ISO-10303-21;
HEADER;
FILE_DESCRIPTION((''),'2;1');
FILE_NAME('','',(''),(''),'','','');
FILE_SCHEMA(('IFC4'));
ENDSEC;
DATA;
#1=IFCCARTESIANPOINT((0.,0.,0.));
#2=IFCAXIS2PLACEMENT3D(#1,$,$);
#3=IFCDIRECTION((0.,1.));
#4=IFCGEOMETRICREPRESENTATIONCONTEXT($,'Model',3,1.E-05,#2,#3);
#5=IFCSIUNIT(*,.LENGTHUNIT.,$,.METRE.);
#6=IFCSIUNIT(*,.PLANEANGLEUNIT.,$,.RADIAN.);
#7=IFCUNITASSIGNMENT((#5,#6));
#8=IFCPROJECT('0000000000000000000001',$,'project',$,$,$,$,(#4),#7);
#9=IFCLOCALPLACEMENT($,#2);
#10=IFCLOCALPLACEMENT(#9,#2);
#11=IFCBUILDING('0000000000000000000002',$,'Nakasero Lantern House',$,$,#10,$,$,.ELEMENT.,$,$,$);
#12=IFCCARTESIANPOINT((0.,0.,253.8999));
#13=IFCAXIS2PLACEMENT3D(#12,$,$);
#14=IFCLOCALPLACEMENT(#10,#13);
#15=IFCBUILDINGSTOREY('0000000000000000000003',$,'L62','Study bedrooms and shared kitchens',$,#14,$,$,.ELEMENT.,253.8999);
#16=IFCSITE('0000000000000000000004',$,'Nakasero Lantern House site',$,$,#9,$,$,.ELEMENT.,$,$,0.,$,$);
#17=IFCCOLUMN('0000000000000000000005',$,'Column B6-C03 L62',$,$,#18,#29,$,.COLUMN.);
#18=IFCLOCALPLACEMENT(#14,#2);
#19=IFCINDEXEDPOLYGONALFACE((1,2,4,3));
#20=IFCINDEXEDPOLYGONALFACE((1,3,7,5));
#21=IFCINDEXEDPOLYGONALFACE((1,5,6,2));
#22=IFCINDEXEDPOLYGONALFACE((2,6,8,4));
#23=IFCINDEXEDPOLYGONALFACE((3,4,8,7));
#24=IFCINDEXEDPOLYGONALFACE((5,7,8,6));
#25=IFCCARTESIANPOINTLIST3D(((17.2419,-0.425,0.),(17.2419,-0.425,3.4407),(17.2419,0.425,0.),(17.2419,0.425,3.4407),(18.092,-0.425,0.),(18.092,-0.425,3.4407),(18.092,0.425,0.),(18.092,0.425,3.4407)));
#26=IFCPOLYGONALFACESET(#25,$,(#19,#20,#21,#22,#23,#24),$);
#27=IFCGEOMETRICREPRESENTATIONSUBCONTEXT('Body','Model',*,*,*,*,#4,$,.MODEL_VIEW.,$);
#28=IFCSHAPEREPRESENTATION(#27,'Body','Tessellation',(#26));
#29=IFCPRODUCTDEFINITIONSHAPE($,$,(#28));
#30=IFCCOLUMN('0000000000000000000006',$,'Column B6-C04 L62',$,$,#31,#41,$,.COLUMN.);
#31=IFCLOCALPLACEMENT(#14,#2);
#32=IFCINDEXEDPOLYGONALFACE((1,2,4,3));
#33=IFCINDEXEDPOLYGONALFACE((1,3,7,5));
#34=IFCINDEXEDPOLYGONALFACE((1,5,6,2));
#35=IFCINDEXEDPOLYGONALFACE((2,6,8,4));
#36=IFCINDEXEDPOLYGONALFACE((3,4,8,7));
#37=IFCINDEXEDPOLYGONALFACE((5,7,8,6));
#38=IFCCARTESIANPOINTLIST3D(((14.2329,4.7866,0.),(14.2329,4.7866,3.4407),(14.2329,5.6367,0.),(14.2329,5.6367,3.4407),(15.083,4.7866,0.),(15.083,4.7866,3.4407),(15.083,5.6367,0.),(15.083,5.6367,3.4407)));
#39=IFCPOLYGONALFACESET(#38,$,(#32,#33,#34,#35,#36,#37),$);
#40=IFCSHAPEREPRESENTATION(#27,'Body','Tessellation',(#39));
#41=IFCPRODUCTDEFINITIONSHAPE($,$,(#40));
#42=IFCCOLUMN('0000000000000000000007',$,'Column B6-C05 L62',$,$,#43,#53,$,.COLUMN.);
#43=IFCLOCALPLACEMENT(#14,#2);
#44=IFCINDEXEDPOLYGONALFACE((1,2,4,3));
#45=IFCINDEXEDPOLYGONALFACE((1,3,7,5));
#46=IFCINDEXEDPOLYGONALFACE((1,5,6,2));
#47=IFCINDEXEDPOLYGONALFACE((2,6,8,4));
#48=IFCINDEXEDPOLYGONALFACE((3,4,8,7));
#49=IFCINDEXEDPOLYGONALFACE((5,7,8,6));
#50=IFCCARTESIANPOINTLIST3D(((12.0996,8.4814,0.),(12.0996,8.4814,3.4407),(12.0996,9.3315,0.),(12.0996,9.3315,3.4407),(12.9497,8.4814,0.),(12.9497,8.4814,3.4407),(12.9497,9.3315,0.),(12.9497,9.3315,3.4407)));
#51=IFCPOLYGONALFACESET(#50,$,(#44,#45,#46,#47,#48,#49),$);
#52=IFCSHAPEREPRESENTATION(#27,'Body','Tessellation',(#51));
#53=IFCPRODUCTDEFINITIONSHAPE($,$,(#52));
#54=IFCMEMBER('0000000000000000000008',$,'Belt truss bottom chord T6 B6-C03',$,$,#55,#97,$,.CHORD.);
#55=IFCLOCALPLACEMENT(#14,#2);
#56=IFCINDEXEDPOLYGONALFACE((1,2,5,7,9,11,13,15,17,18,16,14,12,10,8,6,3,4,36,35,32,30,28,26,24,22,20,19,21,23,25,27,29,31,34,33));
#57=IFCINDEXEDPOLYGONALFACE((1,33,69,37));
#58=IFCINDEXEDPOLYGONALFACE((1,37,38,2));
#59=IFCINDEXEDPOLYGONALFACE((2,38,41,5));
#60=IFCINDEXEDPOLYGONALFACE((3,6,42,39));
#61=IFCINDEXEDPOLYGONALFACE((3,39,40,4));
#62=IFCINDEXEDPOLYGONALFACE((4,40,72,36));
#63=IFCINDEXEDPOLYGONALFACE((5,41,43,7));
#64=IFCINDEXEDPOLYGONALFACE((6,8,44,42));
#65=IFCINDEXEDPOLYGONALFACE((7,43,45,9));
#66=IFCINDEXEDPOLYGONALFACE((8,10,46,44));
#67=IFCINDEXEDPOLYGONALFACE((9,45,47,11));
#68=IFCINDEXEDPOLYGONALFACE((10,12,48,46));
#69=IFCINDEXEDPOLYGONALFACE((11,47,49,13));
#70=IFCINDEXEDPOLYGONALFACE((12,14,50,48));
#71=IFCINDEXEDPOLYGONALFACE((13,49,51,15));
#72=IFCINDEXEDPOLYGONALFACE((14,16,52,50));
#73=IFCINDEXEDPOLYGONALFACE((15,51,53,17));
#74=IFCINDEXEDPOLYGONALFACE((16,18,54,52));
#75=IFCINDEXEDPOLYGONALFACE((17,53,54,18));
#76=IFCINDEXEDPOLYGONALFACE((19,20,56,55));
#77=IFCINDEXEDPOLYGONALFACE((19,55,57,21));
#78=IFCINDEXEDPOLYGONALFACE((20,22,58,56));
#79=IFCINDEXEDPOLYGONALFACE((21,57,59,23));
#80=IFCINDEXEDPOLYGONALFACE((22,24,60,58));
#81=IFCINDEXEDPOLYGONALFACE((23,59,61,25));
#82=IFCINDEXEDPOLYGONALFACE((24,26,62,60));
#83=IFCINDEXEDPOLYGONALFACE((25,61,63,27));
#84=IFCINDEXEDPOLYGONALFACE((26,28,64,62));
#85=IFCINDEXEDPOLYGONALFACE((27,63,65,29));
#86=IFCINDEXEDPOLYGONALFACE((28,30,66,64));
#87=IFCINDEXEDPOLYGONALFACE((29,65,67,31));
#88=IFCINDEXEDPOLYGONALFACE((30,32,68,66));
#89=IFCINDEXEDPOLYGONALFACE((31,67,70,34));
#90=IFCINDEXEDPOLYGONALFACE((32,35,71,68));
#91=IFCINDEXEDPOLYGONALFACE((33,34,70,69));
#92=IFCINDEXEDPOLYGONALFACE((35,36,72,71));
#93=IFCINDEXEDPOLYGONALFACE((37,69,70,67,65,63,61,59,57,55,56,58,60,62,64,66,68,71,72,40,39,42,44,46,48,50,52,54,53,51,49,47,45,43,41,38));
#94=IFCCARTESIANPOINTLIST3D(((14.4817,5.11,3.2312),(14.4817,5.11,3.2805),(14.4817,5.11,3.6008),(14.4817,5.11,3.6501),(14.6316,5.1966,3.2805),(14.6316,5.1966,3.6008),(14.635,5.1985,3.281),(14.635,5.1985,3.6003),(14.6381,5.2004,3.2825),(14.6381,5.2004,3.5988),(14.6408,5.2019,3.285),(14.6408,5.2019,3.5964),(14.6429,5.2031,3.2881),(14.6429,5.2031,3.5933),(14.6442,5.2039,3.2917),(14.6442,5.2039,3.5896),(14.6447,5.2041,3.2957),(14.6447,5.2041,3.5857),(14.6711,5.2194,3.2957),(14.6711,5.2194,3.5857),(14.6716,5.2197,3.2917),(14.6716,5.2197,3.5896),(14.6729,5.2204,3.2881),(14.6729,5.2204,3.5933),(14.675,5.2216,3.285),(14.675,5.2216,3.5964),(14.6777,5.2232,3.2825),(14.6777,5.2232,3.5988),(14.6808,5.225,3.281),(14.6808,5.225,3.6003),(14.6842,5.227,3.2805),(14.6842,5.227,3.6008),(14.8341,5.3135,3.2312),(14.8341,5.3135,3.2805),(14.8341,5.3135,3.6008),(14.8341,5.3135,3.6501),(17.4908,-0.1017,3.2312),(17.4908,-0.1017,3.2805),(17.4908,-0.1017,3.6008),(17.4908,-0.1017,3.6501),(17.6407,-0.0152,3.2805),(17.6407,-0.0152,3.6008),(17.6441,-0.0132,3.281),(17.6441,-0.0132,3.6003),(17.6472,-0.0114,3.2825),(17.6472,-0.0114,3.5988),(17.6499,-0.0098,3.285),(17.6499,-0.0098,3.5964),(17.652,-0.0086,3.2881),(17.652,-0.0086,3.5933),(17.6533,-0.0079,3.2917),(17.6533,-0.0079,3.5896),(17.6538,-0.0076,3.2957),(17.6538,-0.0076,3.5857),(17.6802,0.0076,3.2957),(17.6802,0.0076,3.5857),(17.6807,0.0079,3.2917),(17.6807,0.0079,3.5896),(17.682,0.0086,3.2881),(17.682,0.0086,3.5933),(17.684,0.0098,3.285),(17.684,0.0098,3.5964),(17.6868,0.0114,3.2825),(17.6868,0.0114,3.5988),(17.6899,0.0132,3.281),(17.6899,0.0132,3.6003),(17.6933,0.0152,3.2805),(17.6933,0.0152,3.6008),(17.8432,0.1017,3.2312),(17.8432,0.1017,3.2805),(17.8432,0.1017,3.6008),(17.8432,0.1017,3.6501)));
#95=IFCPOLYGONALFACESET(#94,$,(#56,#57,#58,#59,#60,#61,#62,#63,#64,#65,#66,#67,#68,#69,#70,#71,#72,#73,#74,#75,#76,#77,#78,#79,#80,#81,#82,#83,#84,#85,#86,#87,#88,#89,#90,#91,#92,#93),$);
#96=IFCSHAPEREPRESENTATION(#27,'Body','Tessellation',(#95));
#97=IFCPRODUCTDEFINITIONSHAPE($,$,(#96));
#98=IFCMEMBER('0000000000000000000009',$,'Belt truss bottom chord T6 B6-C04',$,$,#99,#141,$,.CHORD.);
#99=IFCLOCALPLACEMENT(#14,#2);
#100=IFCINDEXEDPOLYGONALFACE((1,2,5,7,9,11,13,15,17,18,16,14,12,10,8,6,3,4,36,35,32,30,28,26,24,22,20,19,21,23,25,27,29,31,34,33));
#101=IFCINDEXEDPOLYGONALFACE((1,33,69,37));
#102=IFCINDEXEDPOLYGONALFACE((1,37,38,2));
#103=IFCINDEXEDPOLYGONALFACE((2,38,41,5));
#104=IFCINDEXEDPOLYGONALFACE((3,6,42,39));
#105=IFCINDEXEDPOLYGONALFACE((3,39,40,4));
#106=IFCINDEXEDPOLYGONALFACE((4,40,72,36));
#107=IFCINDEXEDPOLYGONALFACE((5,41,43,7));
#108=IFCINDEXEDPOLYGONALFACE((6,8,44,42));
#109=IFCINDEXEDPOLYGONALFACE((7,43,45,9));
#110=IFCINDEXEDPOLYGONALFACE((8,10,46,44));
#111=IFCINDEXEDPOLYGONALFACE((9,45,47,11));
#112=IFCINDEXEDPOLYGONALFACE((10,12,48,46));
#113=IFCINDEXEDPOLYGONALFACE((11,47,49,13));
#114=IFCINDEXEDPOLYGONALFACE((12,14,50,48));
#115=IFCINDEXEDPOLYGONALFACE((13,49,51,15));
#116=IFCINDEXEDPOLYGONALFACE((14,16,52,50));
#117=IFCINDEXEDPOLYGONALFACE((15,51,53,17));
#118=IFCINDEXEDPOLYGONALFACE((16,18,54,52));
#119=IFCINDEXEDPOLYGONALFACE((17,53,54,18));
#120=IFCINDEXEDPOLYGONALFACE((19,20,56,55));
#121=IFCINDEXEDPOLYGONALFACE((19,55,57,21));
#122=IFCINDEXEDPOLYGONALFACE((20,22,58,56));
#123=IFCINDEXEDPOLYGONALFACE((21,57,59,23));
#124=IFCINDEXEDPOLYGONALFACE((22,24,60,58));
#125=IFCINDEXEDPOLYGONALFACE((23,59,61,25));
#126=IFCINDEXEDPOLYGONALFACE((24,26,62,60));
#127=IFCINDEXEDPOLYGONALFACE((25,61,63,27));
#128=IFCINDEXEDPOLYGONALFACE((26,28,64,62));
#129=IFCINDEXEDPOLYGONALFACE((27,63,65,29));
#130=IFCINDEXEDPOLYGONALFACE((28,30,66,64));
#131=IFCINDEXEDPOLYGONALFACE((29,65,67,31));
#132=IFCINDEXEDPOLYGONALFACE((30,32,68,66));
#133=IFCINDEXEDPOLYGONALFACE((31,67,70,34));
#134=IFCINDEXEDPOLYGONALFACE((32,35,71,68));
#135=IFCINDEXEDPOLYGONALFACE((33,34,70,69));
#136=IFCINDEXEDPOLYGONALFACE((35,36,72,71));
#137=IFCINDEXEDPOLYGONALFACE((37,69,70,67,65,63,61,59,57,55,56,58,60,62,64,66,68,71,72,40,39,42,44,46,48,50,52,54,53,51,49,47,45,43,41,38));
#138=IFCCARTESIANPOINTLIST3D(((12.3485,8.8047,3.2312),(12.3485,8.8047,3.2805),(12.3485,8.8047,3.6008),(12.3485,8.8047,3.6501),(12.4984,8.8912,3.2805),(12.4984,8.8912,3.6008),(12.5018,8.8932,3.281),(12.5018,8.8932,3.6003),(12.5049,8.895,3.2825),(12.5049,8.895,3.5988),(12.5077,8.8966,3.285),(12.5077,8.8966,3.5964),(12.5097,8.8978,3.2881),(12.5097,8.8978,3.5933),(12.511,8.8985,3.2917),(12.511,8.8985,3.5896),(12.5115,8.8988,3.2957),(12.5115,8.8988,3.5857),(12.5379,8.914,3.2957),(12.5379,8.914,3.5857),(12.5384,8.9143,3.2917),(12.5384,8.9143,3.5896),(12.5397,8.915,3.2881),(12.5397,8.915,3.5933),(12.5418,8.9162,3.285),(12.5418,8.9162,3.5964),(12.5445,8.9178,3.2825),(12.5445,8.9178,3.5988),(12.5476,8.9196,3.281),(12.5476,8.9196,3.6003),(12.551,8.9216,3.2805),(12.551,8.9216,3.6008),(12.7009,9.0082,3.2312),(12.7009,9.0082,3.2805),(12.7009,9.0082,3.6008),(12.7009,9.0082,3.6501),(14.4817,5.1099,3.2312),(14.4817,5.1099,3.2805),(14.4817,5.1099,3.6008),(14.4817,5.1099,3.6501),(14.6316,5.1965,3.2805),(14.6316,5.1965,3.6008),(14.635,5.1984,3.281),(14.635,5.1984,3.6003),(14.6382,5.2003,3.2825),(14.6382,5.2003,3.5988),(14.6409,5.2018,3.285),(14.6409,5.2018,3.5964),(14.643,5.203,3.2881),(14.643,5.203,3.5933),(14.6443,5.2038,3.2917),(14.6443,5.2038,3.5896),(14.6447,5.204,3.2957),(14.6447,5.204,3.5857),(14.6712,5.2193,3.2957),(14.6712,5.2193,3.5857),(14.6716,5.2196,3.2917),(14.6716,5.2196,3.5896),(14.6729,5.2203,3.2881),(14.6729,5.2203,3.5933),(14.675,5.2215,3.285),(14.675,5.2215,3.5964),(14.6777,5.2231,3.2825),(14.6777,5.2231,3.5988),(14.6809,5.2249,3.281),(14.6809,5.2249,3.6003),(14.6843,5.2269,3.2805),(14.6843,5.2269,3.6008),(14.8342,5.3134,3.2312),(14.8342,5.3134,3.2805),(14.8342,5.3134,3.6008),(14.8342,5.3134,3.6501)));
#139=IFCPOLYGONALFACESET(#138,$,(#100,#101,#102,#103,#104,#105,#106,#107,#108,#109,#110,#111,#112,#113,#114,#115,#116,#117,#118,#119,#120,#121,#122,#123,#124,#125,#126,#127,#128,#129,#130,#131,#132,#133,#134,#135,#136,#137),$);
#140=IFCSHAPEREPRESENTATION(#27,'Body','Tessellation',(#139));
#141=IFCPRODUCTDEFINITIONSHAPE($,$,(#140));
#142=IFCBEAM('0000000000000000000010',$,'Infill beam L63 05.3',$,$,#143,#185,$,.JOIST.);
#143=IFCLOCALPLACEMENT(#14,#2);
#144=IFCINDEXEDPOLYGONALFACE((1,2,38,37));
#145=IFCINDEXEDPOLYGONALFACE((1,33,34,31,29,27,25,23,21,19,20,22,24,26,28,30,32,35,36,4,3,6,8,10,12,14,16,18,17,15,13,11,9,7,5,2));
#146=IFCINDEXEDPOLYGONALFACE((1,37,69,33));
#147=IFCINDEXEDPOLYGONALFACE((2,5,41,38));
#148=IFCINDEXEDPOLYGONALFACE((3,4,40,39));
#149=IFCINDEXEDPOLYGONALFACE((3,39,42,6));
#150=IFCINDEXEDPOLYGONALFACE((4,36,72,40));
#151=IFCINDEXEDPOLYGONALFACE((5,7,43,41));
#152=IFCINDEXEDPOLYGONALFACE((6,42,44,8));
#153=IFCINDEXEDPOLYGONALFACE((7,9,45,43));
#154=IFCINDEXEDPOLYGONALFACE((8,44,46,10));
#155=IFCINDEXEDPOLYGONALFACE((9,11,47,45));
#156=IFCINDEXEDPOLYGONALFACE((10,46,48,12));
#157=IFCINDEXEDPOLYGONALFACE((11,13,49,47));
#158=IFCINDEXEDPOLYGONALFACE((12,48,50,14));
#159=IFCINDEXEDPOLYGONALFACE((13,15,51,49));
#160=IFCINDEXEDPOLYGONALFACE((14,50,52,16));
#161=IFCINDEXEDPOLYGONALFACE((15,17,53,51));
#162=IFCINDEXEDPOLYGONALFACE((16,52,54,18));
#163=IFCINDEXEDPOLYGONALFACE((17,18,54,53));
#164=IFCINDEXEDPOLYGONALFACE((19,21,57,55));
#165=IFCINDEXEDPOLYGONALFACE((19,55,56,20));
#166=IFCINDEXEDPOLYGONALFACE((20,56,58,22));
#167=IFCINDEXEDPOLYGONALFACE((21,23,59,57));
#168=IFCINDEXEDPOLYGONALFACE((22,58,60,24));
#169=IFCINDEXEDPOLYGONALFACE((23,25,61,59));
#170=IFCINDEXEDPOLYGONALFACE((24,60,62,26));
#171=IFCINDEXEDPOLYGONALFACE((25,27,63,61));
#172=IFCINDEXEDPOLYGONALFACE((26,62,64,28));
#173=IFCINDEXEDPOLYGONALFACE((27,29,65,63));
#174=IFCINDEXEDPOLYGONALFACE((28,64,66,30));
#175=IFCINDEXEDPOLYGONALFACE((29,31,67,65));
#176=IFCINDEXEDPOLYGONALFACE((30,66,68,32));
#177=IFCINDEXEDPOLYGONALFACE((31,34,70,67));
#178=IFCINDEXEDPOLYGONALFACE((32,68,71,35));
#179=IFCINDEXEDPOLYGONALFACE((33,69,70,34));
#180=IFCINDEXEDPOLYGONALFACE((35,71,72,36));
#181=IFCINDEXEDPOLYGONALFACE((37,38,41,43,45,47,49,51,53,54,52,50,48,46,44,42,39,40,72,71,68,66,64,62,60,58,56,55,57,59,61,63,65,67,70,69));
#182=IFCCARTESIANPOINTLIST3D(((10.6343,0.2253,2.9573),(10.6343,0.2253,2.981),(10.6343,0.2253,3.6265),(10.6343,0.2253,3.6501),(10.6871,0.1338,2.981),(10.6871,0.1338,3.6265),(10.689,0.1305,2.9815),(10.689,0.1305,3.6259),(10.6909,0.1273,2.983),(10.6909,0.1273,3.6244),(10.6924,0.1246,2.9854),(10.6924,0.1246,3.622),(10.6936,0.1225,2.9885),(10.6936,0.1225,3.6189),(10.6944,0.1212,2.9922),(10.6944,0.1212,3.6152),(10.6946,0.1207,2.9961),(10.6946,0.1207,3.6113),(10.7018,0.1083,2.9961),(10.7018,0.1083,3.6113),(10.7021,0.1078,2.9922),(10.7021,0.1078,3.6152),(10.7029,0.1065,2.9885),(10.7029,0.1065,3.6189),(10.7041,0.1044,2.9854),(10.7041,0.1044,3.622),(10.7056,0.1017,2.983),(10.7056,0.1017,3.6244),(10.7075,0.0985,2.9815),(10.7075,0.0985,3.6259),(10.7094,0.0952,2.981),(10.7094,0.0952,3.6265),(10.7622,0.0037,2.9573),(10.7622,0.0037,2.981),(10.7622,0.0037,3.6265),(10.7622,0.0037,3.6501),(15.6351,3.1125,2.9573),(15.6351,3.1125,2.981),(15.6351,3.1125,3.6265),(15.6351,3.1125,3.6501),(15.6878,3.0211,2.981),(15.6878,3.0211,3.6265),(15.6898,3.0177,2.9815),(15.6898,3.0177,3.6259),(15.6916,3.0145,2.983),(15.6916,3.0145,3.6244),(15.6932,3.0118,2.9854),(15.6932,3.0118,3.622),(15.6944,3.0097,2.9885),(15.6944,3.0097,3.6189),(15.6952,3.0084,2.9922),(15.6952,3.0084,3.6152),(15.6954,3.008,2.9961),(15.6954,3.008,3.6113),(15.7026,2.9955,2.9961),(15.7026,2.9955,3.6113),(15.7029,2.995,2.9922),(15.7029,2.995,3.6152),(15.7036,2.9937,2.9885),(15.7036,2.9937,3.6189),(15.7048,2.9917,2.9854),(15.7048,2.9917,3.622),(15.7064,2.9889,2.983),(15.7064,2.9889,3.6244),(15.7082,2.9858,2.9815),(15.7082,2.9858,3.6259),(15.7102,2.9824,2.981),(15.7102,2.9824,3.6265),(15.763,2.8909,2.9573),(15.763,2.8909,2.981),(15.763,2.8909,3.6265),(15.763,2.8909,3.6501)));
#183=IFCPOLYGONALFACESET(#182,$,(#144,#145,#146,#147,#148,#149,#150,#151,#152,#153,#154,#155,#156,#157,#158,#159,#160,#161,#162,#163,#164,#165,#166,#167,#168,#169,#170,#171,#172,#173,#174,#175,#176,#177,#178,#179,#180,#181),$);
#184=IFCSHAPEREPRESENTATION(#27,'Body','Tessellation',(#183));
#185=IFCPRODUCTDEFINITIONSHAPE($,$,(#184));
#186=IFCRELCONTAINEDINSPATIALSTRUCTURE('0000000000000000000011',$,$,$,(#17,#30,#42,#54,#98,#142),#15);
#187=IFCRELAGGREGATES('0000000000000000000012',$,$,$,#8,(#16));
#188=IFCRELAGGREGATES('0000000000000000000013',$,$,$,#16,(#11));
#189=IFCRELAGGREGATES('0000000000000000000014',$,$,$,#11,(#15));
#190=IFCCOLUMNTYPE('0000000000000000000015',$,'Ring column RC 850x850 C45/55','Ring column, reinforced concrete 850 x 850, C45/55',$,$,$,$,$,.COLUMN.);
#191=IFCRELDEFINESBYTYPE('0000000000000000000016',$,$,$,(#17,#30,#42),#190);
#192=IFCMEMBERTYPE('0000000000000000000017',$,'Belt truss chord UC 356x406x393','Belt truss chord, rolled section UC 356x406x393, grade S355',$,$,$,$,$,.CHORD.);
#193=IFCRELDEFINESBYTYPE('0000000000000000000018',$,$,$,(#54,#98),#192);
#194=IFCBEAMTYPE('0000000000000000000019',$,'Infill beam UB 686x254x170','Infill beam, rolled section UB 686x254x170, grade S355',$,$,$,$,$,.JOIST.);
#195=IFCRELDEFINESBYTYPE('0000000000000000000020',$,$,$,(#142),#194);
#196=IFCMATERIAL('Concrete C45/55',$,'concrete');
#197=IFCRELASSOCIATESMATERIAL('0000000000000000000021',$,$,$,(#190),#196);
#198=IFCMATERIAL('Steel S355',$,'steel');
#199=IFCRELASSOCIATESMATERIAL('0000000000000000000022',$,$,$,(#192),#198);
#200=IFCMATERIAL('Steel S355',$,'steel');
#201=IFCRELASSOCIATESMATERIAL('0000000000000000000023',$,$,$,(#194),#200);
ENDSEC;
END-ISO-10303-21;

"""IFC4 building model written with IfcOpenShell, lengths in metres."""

from ifc_helpers import new_model, si_unit, direction, frame, origin, origin_2d, place, context, subcontext, project, spatial, rectangle, i_section, extrude, material, material_profile, profile_set, type_object, element, save


model = new_model("IFC4")

# Units and contexts
model_context = context("Model", 3, precision=1e-05, world=origin(), true_north=direction((0.0, 1.0)))
body_context = subcontext(model_context, "Body", "Model", "MODEL_VIEW")
ifc_project = project(units=[si_unit("LENGTHUNIT", "METRE"), si_unit("PLANEANGLEUNIT", "RADIAN")], contexts=[model_context])

# Site, building, storey
site_placement = place(None, origin())
site = spatial("IfcSite", under=ifc_project, at=site_placement, Name="Nakasero Lantern House site", CompositionType="ELEMENT", RefElevation=0.0)
building_placement = place(site_placement, origin())
building = spatial("IfcBuilding", under=site, at=building_placement, Name="Nakasero Lantern House", CompositionType="ELEMENT")
storey_placement = place(building_placement, frame((0.0, 0.0, 253.8999)))
storey = spatial("IfcBuildingStorey", under=building, at=storey_placement, Name="L62", Description="Study bedrooms and shared kitchens", CompositionType="ELEMENT", Elevation=253.8999)

# Columns
ifc_material_1 = material(Name="Concrete C45/55", Category="concrete")
ifc_material_profile_1 = material_profile(ifc_material_1, rectangle(XDim=0.8501, YDim=0.8501, at=origin_2d()), Name="RC 850x850")
ifc_profile_set_1 = profile_set([ifc_material_profile_1], Name="Concrete C45/55")
column_type = type_object("IfcColumnType", Name="Ring column RC 850x850 C45/55", Description="Ring column, reinforced concrete 850 x 850, C45/55", PredefinedType="COLUMN", material=ifc_profile_set_1)
for number, where, z_axis, x_axis, name in (
    (1, (17.667, 0.0, 0.0), (0.0, 0.0, 1.0), (1.0, 0.0, 0.0), "Column B6-C03 L62"),
    (2, (14.658, 5.2117, 0.0), (0.0, 0.0, 1.0), (1.0, 0.0, 0.0), "Column B6-C04 L62"),
    (3, (12.5247, 8.9065, 0.0), (0.0, 0.0, 1.0), (1.0, 0.0, 0.0), "Column B6-C05 L62"),
):
    element("IfcColumn", number, at=place(storey_placement, frame(where, z_axis=z_axis, x_axis=x_axis)), inside=storey, type_object=column_type, Name=name, PredefinedType="COLUMN", context=body_context, shape_type="SweptSolid", body=[
        extrude(rectangle(XDim=0.8501, YDim=0.8501, at=origin_2d()), origin(), (0.0, 0.0, 1.0), 3.4407),
    ])

# Members
ifc_material_2 = material(Name="Steel S355", Category="steel")
ifc_material_profile_2 = material_profile(ifc_material_2, i_section(OverallWidth=0.407, OverallDepth=0.4189, WebThickness=0.0305, FlangeThickness=0.0493, FilletRadius=0.0151, at=origin_2d()), Name="UC 356x406x393")
ifc_profile_set_2 = profile_set([ifc_material_profile_2], Name="Steel S355")
member_type = type_object("IfcMemberType", Name="Belt truss chord UC 356x406x393", Description="Belt truss chord, rolled section UC 356x406x393, grade S355", PredefinedType="CHORD", material=ifc_profile_set_2)
member_1_placement = place(storey_placement, frame((17.667, 0.0, 3.4407), z_axis=(-0.500009, 0.86602, 0.0), x_axis=(-0.86602, -0.500009, 0.0)))
element("IfcMember", 4, at=member_1_placement, inside=storey, type_object=member_type, Name="Belt truss bottom chord T6 B6-C03", PredefinedType="CHORD", context=body_context, shape_type="SweptSolid", body=[
    extrude(i_section(OverallWidth=0.407, OverallDepth=0.4189, WebThickness=0.0305, FlangeThickness=0.0493, FilletRadius=0.0151, at=origin_2d()), origin(), (0.0, 0.0, 1.0), 6.0181),
])
member_2_placement = place(storey_placement, frame((14.658, 5.2117, 3.4407), z_axis=(-0.500016, 0.866016, 0.0), x_axis=(-0.866016, -0.500016, 0.0)))
element("IfcMember", 5, at=member_2_placement, inside=storey, type_object=member_type, Name="Belt truss bottom chord T6 B6-C04", PredefinedType="CHORD", context=body_context, shape_type="SweptSolid", body=[
    extrude(i_section(OverallWidth=0.407, OverallDepth=0.4189, WebThickness=0.0305, FlangeThickness=0.0493, FilletRadius=0.0151, at=origin_2d()), origin(), (0.0, 0.0, 1.0), 4.2664),
])

# Beam
ifc_material_3 = material(Name="Steel S355", Category="steel")
ifc_material_profile_3 = material_profile(ifc_material_3, i_section(OverallWidth=0.2559, OverallDepth=0.6929, WebThickness=0.0144, FlangeThickness=0.0237, FilletRadius=0.0151, at=origin_2d()), Name="UB 686x254x170")
ifc_profile_set_3 = profile_set([ifc_material_profile_3], Name="Steel S355")
beam_type_1 = type_object("IfcBeamType", Name="Infill beam UB 686x254x170", Description="Infill beam, rolled section UB 686x254x170, grade S355", PredefinedType="JOIST", material=ifc_profile_set_3)
beam_1_placement = place(storey_placement, frame((10.6982, 0.1145, 3.3037), z_axis=(0.866023, 0.500004, 0.0), x_axis=(-0.500004, 0.866023, 0.0)))
element("IfcBeam", 6, at=beam_1_placement, inside=storey, type_object=beam_type_1, Name="Infill beam L63 05.3", PredefinedType="JOIST", context=body_context, shape_type="SweptSolid", body=[
    extrude(i_section(OverallWidth=0.2559, OverallDepth=0.6929, WebThickness=0.0144, FlangeThickness=0.0237, FilletRadius=0.0151, at=origin_2d()), origin(), (0.0, 0.0, 1.0), 5.7744),
])

save(model, "model.ifc")
